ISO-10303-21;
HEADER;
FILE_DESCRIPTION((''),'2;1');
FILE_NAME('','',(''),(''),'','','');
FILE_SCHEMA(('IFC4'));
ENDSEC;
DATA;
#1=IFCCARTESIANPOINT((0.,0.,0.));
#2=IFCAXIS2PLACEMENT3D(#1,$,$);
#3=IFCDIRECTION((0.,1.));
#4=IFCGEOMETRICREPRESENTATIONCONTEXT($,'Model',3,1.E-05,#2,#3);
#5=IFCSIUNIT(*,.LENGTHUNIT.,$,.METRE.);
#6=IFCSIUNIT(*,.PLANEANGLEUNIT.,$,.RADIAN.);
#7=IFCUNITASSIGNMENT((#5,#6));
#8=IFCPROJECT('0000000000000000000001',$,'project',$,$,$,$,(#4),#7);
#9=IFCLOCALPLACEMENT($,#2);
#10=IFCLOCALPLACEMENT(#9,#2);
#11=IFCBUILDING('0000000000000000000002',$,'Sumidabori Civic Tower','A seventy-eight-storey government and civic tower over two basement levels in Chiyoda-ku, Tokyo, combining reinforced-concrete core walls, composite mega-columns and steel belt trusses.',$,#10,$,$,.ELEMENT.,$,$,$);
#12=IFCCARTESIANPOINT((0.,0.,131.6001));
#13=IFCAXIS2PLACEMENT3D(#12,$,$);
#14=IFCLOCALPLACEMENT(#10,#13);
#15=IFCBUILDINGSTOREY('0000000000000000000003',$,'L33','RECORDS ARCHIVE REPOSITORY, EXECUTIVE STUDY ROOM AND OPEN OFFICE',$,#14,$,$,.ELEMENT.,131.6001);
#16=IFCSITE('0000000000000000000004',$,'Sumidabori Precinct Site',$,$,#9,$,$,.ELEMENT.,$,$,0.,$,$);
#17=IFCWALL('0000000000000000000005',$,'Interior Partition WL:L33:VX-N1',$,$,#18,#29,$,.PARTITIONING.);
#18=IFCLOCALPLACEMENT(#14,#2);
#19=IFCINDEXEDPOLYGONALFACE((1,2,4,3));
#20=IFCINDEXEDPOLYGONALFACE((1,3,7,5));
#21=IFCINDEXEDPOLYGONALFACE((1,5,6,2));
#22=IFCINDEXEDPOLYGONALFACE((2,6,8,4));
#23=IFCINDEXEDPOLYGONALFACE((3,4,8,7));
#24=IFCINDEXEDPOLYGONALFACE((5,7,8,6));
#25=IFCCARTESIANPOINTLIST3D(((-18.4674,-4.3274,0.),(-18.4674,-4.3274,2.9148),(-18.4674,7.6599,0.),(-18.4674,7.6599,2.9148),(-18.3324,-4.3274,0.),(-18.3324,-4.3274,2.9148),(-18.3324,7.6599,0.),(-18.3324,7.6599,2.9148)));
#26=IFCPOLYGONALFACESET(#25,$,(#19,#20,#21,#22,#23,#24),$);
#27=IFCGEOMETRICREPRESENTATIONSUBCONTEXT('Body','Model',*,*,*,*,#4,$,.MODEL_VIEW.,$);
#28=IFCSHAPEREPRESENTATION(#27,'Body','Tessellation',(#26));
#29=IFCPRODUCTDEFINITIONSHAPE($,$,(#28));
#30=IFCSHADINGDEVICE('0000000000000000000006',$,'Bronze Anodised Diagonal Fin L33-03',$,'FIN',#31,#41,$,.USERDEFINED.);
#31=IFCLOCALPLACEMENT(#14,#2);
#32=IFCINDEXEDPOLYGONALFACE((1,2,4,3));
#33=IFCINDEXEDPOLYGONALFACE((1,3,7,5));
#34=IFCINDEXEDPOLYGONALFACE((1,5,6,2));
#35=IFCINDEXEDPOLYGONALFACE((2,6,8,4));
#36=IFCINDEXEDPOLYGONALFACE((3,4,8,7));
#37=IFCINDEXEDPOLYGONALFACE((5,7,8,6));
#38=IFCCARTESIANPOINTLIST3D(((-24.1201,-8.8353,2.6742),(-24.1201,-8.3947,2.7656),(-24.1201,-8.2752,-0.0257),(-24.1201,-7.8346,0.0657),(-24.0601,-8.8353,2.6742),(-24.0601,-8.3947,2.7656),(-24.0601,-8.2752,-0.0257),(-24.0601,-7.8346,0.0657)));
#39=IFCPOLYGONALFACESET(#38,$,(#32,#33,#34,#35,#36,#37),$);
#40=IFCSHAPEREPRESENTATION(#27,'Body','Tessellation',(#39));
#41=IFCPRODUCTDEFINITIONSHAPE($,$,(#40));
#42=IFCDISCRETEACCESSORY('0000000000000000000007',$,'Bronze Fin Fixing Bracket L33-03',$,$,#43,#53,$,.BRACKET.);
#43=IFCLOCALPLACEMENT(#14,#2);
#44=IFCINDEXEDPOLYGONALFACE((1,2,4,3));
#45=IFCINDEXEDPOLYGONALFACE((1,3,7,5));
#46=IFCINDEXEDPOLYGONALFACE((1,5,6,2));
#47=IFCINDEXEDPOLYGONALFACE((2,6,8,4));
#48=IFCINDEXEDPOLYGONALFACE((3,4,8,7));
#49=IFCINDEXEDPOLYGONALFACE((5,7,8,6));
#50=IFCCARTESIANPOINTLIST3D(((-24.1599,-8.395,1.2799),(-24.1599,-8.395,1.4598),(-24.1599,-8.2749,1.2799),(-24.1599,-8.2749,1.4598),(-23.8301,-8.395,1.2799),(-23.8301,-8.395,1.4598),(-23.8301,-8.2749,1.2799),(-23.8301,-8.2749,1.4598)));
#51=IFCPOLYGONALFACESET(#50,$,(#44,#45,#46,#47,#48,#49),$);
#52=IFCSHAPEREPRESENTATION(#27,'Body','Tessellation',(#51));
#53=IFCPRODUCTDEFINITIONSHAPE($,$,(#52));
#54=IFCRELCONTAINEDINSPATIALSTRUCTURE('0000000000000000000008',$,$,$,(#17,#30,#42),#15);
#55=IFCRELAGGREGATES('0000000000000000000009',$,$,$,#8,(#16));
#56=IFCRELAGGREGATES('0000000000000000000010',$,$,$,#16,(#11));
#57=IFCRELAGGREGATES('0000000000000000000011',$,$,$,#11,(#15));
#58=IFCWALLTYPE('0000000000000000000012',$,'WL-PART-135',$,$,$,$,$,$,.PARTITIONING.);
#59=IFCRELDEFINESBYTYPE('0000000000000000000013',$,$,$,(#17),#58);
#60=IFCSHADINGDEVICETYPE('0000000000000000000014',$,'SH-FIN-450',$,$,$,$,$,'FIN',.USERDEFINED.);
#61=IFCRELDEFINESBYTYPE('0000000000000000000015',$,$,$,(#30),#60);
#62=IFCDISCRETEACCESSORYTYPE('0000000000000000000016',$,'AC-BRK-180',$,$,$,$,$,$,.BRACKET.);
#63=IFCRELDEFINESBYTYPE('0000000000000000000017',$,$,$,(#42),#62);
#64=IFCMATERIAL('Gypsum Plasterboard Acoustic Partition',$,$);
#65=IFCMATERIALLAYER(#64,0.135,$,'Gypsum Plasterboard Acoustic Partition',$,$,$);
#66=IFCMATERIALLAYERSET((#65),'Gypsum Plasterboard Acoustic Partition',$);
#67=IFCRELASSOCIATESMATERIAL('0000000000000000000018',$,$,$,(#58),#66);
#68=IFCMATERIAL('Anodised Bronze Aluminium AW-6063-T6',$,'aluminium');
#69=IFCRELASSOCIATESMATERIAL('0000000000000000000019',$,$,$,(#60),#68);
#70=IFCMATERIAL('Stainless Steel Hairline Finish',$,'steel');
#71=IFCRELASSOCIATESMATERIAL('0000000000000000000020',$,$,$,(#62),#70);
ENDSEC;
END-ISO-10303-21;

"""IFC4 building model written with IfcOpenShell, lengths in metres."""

from ifc_helpers import new_model, si_unit, direction, frame, frame_2d, origin, origin_2d, place, context, subcontext, project, spatial, rectangle, extrude, source, transform, mapped, material, layer, layer_set, material_profile, profile_set, type_object, element, save


model = new_model("IFC4")

# Units and contexts
model_context = context("Model", 3, precision=1e-05, world=origin(), true_north=direction((0.0, 1.0)))
body_context = subcontext(model_context, "Body", "Model", "MODEL_VIEW")
ifc_project = project(units=[si_unit("LENGTHUNIT", "METRE"), si_unit("PLANEANGLEUNIT", "RADIAN")], contexts=[model_context])

# Site, building, storey
site_placement = place(None, origin())
site = spatial("IfcSite", under=ifc_project, at=site_placement, Name="Sumidabori Precinct Site", CompositionType="ELEMENT", RefElevation=0.0)
building_placement = place(site_placement, origin())
building = spatial("IfcBuilding", under=site, at=building_placement, Name="Sumidabori Civic Tower", Description="A seventy-eight-storey government and civic tower over two basement levels in Chiyoda-ku, Tokyo, combining reinforced-concrete core walls, composite mega-columns and steel belt trusses.", CompositionType="ELEMENT")
storey_placement = place(building_placement, frame((0.0, 0.0, 131.6001)))
storey = spatial("IfcBuildingStorey", under=building, at=storey_placement, Name="L33", Description="RECORDS ARCHIVE REPOSITORY, EXECUTIVE STUDY ROOM AND OPEN OFFICE", CompositionType="ELEMENT", Elevation=131.6001)

# Shared definitions
ifc_material_1 = material(Name="Anodised Bronze Aluminium AW-6063-T6", Category="aluminium")

# Shared definitions
ifc_material_2 = material(Name="Gypsum Plasterboard Acoustic Partition")
ifc_layer_1 = layer(ifc_material_2, 0.135, Name="Gypsum Plasterboard Acoustic Partition")
ifc_layer_set_1 = layer_set([ifc_layer_1], Name="Gypsum Plasterboard Acoustic Partition")
wall_type = type_object("IfcWallType", Name="WL-PART-135", PredefinedType="PARTITIONING", material=ifc_layer_set_1)

# Wall
shared_shape_1 = source(origin(), body_context, "Body", "SweptSolid", [
    extrude(rectangle(XDim=11.9873, YDim=0.135, at=frame_2d((5.9937, 0.0))), origin(), (0.0, 0.0, 1.0), 2.9148),
])
wall_1_placement = place(storey_placement, frame((-18.3999, -4.3274, 0.0), z_axis=(0.0, 0.0, 1.0), x_axis=(0.0, 1.0, 0.0)))
element("IfcWall", 1, at=wall_1_placement, inside=storey, type_object=wall_type, Name="Interior Partition WL:L33:VX-N1", PredefinedType="PARTITIONING", context=body_context, shape_type="MappedRepresentation", body=[
    mapped(shared_shape_1, transform((0.0, 0.0, 0.0), x_axis=(1.0, 0.0, 0.0), y_axis=(0.0, 1.0, 0.0), z_axis=(0.0, 0.0, 1.0), scale=1.0)),
])

# Shading device
ifc_material_profile_1 = material_profile(ifc_material_1, rectangle(XDim=0.0601, YDim=0.45, at=origin_2d()), Name="BRONZE FIN 450x60")
ifc_profile_set_1 = profile_set([ifc_material_profile_1], Name="Anodised Bronze Aluminium AW-6063-T6")
shading_device_type = type_object("IfcShadingDeviceType", Name="SH-FIN-450", ElementType="FIN", PredefinedType="USERDEFINED", material=ifc_profile_set_1)
shared_shape_2 = source(origin(), body_context, "Body", "SweptSolid", [
    extrude(rectangle(XDim=0.0601, YDim=0.45, at=origin_2d()), origin(), (0.0, 0.0, 1.0), 2.7573),
])
shading_device_placement = place(storey_placement, frame((-24.0901, -8.0549, 0.02), z_axis=(0.0, -0.203109, 0.979156), x_axis=(-1.0, 0.0, 0.0)))
element("IfcShadingDevice", 2, at=shading_device_placement, inside=storey, type_object=shading_device_type, Name="Bronze Anodised Diagonal Fin L33-03", ObjectType="FIN", PredefinedType="USERDEFINED", context=body_context, shape_type="MappedRepresentation", body=[
    mapped(shared_shape_2, transform((0.0, 0.0, 0.0), x_axis=(1.0, 0.0, 0.0), y_axis=(0.0, 1.0, 0.0), z_axis=(0.0, 0.0, 1.0), scale=1.0)),
])

# Discrete accessory
ifc_material_3 = material(Name="Stainless Steel Hairline Finish", Category="steel")
ifc_material_profile_2 = material_profile(ifc_material_3, rectangle(XDim=0.1201, YDim=0.1799, at=origin_2d()), Name="STEEL BRACKET 180x120")
ifc_profile_set_2 = profile_set([ifc_material_profile_2], Name="Stainless Steel Hairline Finish")
discrete_accessory_type = type_object("IfcDiscreteAccessoryType", Name="AC-BRK-180", PredefinedType="BRACKET", material=ifc_profile_set_2)
shared_shape_3 = source(origin(), body_context, "Body", "SweptSolid", [
    extrude(rectangle(XDim=0.1201, YDim=0.1799, at=origin_2d()), origin(), (0.0, 0.0, 1.0), 0.3298),
])
discrete_accessory_placement = place(storey_placement, frame((-23.8301, -8.335, 1.3699), z_axis=(-1.0, 0.0, 0.0), x_axis=(0.0, -1.0, 0.0)))
element("IfcDiscreteAccessory", 3, at=discrete_accessory_placement, inside=storey, type_object=discrete_accessory_type, Name="Bronze Fin Fixing Bracket L33-03", PredefinedType="BRACKET", context=body_context, shape_type="MappedRepresentation", body=[
    mapped(shared_shape_3, transform((0.0, 0.0, 0.0), x_axis=(1.0, 0.0, 0.0), y_axis=(0.0, 1.0, 0.0), z_axis=(0.0, 0.0, 1.0), scale=1.0)),
])

save(model, "model.ifc")
